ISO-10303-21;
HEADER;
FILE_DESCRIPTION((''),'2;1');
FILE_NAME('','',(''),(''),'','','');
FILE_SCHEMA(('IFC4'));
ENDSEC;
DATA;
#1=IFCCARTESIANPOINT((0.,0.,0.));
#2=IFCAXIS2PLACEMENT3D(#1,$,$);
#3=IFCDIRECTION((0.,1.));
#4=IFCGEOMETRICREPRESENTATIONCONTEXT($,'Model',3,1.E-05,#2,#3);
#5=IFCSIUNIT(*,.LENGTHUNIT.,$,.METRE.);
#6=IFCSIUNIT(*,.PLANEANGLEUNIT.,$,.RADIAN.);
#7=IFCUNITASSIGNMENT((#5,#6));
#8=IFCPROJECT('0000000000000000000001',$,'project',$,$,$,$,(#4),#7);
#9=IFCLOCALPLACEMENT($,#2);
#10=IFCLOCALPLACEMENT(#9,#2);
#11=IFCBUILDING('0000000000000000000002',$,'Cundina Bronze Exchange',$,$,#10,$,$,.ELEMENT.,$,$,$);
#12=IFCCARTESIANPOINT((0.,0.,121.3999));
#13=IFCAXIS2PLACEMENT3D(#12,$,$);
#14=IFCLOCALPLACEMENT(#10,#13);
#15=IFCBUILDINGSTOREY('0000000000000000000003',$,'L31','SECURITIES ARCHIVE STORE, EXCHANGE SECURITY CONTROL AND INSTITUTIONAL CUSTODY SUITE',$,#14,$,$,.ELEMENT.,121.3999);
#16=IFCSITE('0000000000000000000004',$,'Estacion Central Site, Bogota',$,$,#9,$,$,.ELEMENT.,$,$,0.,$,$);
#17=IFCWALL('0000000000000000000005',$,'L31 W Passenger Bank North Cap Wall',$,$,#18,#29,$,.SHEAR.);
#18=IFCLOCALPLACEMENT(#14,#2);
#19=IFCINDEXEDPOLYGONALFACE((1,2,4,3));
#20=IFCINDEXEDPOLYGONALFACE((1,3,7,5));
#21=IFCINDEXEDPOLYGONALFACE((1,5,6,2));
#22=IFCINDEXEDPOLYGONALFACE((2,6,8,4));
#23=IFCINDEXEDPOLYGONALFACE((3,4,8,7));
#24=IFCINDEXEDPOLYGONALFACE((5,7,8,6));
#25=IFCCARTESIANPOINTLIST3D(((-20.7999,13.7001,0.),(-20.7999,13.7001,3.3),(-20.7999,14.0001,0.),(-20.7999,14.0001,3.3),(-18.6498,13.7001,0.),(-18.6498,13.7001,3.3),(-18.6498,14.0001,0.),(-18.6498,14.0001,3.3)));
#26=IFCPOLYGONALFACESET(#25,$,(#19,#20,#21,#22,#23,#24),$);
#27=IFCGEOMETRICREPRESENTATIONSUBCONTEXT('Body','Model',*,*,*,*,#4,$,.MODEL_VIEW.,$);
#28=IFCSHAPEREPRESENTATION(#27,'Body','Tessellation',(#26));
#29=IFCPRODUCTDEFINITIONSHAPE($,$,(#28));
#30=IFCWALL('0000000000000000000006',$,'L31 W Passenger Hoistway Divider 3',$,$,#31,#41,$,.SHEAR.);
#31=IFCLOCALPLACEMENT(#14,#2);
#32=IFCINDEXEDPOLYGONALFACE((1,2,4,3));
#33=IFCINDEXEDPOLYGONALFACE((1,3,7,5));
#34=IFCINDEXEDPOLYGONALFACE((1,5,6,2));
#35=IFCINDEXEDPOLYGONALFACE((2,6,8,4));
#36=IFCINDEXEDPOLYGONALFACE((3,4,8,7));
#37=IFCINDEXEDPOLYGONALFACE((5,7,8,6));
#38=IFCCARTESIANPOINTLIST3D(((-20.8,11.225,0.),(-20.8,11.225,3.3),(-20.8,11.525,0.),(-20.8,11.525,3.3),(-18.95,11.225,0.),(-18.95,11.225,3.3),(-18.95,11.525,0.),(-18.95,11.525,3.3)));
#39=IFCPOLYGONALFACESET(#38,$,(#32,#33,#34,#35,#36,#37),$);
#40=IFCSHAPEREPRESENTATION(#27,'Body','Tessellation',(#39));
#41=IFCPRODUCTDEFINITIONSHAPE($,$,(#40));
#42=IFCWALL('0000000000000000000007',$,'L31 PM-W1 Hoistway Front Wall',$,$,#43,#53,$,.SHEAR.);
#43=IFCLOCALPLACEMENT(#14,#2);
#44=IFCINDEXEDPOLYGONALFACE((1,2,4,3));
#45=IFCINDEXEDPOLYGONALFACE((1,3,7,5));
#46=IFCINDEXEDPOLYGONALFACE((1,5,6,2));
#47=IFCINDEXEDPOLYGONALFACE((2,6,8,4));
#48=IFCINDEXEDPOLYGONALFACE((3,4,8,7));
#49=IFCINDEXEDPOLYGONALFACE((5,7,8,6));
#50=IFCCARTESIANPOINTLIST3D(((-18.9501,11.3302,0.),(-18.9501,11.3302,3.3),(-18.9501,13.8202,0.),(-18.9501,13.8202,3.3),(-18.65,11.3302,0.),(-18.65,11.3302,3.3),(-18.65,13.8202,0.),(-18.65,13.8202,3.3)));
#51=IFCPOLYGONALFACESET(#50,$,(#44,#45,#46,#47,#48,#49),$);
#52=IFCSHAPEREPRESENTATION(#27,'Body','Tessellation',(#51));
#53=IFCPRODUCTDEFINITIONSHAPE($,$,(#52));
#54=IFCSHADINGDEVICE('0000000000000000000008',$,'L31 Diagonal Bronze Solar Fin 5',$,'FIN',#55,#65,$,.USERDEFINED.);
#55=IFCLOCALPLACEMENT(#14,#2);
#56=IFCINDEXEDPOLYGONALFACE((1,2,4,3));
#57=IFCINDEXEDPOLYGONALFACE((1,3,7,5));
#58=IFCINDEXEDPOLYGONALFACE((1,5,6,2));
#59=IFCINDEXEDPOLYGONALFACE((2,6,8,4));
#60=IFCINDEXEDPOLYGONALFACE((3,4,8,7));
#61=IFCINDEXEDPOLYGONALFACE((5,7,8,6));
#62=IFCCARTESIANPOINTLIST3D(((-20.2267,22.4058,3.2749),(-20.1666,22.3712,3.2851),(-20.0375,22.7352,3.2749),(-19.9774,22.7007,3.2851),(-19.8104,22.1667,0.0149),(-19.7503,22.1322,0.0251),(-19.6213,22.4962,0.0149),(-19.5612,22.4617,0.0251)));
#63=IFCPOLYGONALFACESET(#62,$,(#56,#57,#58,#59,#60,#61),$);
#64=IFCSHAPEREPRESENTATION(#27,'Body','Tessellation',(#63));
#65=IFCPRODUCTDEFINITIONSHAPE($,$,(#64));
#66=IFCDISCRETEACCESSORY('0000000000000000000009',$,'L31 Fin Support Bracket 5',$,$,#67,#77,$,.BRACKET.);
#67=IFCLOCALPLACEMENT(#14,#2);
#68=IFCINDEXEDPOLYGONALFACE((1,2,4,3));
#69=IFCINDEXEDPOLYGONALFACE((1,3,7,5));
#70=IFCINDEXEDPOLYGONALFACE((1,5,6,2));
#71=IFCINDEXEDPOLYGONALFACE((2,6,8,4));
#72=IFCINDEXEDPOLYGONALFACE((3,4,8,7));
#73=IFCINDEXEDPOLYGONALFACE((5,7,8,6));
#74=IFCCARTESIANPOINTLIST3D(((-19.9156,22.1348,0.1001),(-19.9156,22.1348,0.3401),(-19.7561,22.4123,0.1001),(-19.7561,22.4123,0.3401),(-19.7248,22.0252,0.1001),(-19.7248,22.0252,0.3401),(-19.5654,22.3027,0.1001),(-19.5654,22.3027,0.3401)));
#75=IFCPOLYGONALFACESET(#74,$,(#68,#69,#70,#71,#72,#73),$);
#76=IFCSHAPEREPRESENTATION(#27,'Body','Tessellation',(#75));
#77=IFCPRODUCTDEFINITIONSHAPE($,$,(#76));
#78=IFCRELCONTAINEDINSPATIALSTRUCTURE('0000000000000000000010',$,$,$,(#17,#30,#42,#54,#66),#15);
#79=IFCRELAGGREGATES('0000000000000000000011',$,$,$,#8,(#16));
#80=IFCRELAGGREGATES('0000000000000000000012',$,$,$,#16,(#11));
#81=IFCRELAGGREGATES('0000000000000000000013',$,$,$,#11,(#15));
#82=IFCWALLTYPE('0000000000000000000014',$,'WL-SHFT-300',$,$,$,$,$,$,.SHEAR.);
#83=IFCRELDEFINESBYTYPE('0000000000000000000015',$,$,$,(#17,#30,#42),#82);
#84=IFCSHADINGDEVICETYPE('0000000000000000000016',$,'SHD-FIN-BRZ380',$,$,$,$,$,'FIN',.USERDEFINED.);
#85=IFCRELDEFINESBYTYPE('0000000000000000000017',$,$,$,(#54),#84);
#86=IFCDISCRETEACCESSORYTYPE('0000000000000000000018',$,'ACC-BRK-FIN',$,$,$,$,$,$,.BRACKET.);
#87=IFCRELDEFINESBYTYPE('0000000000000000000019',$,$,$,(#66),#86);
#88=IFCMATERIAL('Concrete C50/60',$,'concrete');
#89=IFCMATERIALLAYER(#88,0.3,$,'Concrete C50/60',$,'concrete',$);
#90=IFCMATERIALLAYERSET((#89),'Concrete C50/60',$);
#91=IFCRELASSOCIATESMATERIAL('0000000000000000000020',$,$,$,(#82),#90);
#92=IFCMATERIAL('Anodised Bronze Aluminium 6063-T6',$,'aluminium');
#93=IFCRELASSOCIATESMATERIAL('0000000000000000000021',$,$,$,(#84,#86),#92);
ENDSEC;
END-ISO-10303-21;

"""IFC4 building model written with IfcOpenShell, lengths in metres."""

from ifc_helpers import new_model, si_unit, direction, frame, frame_2d, origin, origin_2d, place, context, subcontext, project, spatial, rectangle, extrude, material, layer, layer_set, material_profile, profile_set, type_object, element, save


model = new_model("IFC4")

# Units and contexts
model_context = context("Model", 3, precision=1e-05, world=origin(), true_north=direction((0.0, 1.0)))
body_context = subcontext(model_context, "Body", "Model", "MODEL_VIEW")
ifc_project = project(units=[si_unit("LENGTHUNIT", "METRE"), si_unit("PLANEANGLEUNIT", "RADIAN")], contexts=[model_context])

# Site, building, storey
site_placement = place(None, origin())
site = spatial("IfcSite", under=ifc_project, at=site_placement, Name="Estacion Central Site, Bogota", CompositionType="ELEMENT", RefElevation=0.0)
building_placement = place(site_placement, origin())
building = spatial("IfcBuilding", under=site, at=building_placement, Name="Cundina Bronze Exchange", CompositionType="ELEMENT")
storey_placement = place(building_placement, frame((0.0, 0.0, 121.3999)))
storey = spatial("IfcBuildingStorey", under=building, at=storey_placement, Name="L31", Description="SECURITIES ARCHIVE STORE, EXCHANGE SECURITY CONTROL AND INSTITUTIONAL CUSTODY SUITE", CompositionType="ELEMENT", Elevation=121.3999)

# Shared definitions
ifc_material_1 = material(Name="Anodised Bronze Aluminium 6063-T6", Category="aluminium")

# Shared definitions
ifc_material_2 = material(Name="Concrete C50/60", Category="concrete")
ifc_layer_1 = layer(ifc_material_2, 0.3, Name="Concrete C50/60", Category="concrete")
ifc_layer_set_1 = layer_set([ifc_layer_1], Name="Concrete C50/60")
wall_type_1 = type_object("IfcWallType", Name="WL-SHFT-300", PredefinedType="SHEAR", material=ifc_layer_set_1)

# Walls
wall_1_placement = place(storey_placement, frame((-20.8, 13.8501, 0.0), z_axis=(0.0, 0.0, 1.0), x_axis=(1.0, 0.0, 0.0)))
element("IfcWall", 1, at=wall_1_placement, inside=storey, type_object=wall_type_1, Name="L31 W Passenger Bank North Cap Wall", PredefinedType="SHEAR", context=body_context, shape_type="SweptSolid", body=[
    extrude(rectangle(XDim=2.1501, YDim=0.3, at=frame_2d((1.0752, 0.0))), origin(), (0.0, 0.0, 1.0), 3.3),
])
wall_2_placement = place(storey_placement, frame((-20.8, 11.375, 0.0), z_axis=(0.0, 0.0, 1.0), x_axis=(1.0, 0.0, 0.0)))
element("IfcWall", 2, at=wall_2_placement, inside=storey, type_object=wall_type_1, Name="L31 W Passenger Hoistway Divider 3", PredefinedType="SHEAR", context=body_context, shape_type="SweptSolid", body=[
    extrude(rectangle(XDim=1.8501, YDim=0.3, at=frame_2d((0.925, 0.0))), origin(), (0.0, 0.0, 1.0), 3.3),
])
wall_3_placement = place(storey_placement, frame((-18.8, 11.3301, 0.0), z_axis=(0.0, 0.0, 1.0), x_axis=(0.0, 1.0, 0.0)))
element("IfcWall", 3, at=wall_3_placement, inside=storey, type_object=wall_type_1, Name="L31 PM-W1 Hoistway Front Wall", PredefinedType="SHEAR", context=body_context, shape_type="SweptSolid", body=[
    extrude(rectangle(XDim=2.49, YDim=0.3, at=frame_2d((1.2451, 0.0))), origin(), (0.0, 0.0, 1.0), 3.3),
])

# Shading device
ifc_material_profile_1 = material_profile(ifc_material_1, rectangle(XDim=0.0701, YDim=0.3799, at=origin_2d()), Name="FIN70X380", Category="aluminium")
ifc_profile_set_1 = profile_set([ifc_material_profile_1], Name="Anodised Bronze Aluminium 6063-T6")
shading_device_type = type_object("IfcShadingDeviceType", Name="SHD-FIN-BRZ380", ElementType="FIN", PredefinedType="USERDEFINED", material=ifc_profile_set_1)
shading_device_placement = place(storey_placement, frame((-19.6858, 22.3142, 0.02), z_axis=(-0.126325, 0.072535, 0.989333), x_axis=(0.857958, -0.492634, 0.145668)))
element("IfcShadingDevice", 4, at=shading_device_placement, inside=storey, type_object=shading_device_type, Name="L31 Diagonal Bronze Solar Fin 5", ObjectType="FIN", PredefinedType="USERDEFINED", context=body_context, shape_type="SweptSolid", body=[
    extrude(rectangle(XDim=0.0701, YDim=0.3799, at=origin_2d()), origin(), (0.0, 0.0, 1.0), 3.2952),
])

# Discrete accessory
discrete_accessory_type = type_object("IfcDiscreteAccessoryType", Name="ACC-BRK-FIN", PredefinedType="BRACKET", material=ifc_material_1)
discrete_accessory_placement = place(storey_placement, frame((-19.7405, 22.2188, 0.1001), z_axis=(0.0, 0.0, 1.0), x_axis=(-0.867105, 0.498125, 0.0)))
element("IfcDiscreteAccessory", 5, at=discrete_accessory_placement, inside=storey, type_object=discrete_accessory_type, Name="L31 Fin Support Bracket 5", PredefinedType="BRACKET", context=body_context, shape_type="SweptSolid", body=[
    extrude(rectangle(XDim=0.22, YDim=0.3201, at=origin_2d()), origin(), (0.0, 0.0, 1.0), 0.24),
])

save(model, "model.ifc")
